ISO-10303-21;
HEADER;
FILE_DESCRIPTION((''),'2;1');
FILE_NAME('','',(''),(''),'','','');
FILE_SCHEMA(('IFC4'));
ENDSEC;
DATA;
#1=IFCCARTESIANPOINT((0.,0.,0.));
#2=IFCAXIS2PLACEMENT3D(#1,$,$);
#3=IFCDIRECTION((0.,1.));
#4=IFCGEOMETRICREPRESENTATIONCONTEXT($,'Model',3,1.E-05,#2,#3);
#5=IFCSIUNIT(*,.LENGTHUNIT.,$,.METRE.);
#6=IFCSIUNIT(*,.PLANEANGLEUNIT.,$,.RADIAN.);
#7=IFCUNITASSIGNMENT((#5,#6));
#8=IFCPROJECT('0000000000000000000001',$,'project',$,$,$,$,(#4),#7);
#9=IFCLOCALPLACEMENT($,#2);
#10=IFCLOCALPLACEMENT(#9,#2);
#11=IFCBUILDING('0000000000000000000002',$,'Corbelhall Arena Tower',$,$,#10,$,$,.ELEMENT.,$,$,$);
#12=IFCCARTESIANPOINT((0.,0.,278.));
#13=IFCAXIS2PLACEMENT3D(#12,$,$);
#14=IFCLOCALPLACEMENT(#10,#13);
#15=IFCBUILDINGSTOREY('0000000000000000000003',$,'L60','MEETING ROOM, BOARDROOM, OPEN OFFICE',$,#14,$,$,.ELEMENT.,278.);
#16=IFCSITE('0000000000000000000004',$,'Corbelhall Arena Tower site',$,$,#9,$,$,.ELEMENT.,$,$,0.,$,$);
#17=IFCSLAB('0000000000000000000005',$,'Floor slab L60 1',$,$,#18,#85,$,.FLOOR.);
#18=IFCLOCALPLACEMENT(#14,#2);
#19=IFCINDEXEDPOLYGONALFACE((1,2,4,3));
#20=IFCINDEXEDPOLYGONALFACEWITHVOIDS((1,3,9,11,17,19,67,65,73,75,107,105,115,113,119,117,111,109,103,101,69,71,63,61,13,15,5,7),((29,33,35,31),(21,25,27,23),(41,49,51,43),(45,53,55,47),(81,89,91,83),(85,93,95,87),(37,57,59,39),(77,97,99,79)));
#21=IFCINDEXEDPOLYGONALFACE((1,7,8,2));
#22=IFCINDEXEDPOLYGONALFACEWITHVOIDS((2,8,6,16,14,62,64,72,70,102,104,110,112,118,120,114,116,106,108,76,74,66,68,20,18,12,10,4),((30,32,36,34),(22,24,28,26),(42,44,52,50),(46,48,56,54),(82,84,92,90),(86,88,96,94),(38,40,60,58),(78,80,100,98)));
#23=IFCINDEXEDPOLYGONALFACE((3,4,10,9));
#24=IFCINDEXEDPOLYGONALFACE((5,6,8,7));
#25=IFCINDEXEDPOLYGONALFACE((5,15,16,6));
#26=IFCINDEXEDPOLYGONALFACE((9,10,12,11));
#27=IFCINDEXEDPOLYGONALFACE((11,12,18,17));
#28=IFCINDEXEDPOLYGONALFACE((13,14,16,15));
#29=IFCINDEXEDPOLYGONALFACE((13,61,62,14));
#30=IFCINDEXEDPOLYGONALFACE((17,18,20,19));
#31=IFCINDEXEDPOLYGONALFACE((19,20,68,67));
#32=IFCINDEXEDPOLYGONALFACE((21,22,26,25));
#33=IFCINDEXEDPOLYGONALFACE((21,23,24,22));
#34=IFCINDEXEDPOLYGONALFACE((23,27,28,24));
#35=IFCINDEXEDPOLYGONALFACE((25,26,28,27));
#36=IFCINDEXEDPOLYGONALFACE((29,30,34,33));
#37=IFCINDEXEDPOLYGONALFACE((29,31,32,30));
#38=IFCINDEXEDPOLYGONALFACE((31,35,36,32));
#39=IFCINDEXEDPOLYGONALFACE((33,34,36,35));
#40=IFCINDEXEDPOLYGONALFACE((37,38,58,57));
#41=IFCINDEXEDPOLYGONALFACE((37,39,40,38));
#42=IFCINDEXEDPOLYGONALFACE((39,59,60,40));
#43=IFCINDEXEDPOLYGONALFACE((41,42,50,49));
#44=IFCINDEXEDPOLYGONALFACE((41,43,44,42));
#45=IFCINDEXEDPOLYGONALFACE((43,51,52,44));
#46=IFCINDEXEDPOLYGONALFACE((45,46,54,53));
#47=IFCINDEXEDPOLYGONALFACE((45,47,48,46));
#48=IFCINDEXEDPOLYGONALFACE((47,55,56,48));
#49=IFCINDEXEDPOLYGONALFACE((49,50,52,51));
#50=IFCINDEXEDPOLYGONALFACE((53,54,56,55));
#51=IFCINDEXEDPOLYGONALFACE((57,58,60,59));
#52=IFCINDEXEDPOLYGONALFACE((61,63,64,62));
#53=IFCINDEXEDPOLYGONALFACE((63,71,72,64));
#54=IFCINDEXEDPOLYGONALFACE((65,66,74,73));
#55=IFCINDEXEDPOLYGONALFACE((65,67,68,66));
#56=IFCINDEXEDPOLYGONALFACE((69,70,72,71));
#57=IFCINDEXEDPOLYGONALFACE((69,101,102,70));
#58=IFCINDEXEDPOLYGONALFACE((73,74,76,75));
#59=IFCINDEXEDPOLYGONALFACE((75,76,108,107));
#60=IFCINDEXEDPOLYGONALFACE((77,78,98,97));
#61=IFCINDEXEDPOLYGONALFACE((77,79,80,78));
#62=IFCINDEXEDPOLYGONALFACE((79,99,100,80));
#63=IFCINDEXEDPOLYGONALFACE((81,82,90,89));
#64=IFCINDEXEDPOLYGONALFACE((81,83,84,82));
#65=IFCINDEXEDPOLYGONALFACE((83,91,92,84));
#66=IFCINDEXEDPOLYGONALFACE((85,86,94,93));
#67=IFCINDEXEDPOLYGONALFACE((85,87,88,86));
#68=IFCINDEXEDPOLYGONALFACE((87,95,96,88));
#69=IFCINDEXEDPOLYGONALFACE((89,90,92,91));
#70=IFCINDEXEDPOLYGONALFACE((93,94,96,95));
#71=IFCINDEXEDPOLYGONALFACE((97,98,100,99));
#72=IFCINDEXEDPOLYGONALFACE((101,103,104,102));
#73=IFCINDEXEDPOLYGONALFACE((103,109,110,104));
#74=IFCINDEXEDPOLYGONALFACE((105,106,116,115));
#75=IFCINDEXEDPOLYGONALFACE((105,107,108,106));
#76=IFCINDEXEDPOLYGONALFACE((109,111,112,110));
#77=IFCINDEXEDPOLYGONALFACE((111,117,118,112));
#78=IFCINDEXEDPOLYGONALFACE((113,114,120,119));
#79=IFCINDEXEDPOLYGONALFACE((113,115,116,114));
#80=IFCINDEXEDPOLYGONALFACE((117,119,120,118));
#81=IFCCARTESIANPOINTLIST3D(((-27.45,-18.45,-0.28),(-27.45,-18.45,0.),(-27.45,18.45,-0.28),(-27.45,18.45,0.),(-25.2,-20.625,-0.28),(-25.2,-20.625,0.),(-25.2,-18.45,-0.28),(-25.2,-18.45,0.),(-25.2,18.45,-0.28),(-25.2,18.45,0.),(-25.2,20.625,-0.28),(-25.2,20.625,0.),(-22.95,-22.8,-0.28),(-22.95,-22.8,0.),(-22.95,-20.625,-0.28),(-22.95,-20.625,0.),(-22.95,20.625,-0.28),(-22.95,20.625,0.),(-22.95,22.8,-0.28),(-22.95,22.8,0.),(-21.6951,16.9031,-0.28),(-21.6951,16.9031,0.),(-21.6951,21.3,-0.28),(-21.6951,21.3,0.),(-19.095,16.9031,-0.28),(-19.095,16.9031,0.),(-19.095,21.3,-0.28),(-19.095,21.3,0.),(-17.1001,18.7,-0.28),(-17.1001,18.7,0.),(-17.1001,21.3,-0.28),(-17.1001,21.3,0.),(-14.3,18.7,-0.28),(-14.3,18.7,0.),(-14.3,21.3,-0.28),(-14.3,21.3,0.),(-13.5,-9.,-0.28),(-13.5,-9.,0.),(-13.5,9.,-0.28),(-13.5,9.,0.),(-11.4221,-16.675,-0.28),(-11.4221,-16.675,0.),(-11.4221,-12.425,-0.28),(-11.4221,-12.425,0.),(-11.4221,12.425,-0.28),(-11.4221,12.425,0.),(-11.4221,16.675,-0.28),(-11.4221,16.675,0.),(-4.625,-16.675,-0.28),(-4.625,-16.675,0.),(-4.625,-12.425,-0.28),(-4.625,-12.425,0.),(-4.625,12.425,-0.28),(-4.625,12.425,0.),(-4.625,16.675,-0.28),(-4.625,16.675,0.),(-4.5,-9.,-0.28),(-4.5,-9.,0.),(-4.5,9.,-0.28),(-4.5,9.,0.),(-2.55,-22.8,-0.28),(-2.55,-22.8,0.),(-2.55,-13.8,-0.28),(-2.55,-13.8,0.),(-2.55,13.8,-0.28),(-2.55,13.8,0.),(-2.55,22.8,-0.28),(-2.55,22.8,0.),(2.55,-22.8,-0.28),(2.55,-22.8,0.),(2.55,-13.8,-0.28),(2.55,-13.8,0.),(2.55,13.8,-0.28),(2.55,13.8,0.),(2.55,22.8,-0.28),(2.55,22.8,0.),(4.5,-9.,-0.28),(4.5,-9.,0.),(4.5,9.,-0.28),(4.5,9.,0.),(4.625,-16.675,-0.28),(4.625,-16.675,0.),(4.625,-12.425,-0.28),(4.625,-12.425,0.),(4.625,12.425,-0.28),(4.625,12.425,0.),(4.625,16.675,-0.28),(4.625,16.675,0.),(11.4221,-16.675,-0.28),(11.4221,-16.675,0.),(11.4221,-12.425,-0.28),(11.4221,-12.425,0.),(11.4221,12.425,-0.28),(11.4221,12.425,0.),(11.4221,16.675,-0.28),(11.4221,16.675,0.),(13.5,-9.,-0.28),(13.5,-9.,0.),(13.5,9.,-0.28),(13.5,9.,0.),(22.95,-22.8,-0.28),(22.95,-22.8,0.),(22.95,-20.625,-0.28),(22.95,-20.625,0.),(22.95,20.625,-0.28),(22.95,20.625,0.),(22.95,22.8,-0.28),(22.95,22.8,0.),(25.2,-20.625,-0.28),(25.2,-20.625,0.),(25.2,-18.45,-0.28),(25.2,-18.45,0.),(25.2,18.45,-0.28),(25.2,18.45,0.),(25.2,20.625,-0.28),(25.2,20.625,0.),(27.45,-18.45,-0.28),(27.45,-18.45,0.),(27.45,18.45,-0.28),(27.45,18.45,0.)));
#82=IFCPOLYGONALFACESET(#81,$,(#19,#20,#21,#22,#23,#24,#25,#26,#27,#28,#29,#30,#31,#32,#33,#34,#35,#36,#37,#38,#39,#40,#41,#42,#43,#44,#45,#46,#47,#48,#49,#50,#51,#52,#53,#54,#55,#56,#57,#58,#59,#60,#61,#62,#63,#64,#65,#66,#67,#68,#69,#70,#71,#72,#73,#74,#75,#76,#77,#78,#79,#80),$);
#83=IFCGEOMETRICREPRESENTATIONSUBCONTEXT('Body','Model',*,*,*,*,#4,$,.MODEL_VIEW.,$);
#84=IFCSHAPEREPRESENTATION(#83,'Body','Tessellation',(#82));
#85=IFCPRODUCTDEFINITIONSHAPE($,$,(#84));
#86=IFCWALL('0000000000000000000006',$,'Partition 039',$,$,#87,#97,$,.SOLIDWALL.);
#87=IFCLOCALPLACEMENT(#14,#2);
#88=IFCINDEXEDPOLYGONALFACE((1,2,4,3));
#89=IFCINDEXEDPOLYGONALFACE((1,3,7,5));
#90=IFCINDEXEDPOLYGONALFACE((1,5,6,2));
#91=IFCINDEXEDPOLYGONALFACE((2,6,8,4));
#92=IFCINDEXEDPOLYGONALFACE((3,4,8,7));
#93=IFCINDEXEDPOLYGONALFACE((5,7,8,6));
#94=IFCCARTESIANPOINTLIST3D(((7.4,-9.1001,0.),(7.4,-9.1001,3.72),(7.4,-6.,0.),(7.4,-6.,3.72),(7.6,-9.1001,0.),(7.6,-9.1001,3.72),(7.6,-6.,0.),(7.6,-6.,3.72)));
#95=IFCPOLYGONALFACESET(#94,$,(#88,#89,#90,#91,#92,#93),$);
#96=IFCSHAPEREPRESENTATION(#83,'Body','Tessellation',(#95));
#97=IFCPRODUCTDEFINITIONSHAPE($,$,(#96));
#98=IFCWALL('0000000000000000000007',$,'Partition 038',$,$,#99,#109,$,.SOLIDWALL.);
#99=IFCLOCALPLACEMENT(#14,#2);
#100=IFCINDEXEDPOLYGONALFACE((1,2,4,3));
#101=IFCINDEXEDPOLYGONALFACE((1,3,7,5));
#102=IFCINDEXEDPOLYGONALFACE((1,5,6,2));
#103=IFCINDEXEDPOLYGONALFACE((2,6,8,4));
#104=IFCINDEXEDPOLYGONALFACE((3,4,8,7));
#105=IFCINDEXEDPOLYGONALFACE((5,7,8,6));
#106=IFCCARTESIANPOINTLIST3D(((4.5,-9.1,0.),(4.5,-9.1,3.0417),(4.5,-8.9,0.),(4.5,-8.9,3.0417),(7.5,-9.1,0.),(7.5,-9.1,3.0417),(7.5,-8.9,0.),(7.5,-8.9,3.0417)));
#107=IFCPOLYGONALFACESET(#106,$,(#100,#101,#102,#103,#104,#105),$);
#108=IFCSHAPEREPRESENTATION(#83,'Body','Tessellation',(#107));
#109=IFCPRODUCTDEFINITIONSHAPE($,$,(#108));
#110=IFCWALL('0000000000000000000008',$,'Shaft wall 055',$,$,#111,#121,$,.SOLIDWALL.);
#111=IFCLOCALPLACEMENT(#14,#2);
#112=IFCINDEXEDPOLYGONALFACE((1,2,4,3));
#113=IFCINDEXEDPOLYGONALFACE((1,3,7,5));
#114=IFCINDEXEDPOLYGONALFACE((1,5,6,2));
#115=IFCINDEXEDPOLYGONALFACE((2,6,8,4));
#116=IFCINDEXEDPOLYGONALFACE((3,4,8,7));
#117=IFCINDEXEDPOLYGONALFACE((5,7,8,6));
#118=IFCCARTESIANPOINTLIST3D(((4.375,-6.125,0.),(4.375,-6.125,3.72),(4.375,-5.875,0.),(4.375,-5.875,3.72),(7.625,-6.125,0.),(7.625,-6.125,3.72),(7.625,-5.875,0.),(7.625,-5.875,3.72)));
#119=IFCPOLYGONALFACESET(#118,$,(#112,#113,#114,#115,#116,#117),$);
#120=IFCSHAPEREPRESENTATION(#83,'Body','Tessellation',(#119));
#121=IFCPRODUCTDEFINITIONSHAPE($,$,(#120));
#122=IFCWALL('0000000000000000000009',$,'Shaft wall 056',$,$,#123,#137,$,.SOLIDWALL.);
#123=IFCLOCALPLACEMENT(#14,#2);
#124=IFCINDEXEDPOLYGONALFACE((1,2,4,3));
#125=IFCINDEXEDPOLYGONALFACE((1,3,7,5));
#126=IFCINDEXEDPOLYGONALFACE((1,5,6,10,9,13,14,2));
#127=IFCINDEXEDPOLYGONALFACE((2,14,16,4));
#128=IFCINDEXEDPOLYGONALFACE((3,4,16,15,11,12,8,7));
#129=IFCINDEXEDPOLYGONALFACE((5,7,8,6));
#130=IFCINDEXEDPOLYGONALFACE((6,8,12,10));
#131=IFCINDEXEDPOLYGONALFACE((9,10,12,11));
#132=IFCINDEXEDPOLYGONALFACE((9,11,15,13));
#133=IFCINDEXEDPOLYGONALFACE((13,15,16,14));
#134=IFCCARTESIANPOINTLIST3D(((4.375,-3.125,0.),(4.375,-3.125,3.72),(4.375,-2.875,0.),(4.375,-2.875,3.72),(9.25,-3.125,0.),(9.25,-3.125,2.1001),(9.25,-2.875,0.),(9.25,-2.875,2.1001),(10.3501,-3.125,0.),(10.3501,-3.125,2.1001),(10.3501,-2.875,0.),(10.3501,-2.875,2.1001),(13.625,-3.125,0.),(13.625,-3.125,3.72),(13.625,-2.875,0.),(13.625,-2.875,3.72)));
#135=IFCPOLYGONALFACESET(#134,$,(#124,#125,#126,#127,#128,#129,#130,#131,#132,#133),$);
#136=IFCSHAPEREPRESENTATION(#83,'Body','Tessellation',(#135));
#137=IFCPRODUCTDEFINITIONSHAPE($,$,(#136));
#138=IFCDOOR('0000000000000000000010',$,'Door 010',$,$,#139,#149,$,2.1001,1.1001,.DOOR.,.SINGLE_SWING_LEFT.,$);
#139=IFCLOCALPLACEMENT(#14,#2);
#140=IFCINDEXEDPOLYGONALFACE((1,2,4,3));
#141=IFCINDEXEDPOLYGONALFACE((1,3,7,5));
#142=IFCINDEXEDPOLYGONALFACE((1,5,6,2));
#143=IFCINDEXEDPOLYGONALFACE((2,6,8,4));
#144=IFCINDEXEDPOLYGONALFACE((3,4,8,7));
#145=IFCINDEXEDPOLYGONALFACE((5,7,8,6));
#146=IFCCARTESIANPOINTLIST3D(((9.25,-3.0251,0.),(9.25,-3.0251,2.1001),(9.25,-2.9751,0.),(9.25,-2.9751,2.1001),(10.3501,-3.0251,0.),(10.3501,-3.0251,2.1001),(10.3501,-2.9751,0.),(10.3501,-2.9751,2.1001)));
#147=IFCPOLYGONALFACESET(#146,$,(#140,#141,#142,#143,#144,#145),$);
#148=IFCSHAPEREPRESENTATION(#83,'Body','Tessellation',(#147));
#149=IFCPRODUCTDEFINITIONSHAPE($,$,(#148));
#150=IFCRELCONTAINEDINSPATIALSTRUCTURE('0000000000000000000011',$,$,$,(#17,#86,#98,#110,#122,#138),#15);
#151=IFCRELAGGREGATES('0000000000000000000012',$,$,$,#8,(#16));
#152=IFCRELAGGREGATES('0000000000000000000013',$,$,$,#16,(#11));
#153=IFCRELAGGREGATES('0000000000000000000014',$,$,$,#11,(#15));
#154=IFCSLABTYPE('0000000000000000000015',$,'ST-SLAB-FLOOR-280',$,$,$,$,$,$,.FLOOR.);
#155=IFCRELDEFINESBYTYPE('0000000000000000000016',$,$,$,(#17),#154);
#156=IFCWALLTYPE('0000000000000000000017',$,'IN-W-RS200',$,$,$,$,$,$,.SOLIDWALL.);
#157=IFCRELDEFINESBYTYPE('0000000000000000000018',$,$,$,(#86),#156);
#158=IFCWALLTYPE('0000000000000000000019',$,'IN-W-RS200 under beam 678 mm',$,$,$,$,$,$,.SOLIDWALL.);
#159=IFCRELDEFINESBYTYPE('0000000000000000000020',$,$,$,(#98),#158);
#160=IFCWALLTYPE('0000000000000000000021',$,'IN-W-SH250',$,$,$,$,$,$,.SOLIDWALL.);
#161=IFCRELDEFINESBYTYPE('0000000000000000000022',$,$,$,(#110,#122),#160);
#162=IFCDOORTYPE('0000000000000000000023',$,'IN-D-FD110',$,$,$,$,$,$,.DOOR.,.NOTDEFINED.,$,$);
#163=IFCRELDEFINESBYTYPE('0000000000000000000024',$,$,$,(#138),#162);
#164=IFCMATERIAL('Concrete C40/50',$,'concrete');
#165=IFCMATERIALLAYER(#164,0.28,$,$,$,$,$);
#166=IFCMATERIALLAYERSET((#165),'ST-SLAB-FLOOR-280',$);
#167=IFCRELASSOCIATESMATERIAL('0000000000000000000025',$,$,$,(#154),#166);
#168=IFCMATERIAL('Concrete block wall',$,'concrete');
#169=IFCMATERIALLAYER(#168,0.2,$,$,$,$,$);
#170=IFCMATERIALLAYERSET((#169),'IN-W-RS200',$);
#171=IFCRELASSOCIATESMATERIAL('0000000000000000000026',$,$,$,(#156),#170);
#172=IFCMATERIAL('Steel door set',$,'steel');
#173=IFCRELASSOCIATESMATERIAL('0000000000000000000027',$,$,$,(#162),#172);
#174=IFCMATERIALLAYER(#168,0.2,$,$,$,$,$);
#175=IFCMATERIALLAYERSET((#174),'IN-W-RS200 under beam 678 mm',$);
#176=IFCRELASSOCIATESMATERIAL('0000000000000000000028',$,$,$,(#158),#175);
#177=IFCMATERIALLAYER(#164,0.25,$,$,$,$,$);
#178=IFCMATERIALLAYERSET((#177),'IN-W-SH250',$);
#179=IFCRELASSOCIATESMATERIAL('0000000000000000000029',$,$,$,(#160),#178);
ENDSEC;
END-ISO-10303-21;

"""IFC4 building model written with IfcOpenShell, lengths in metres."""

from ifc_helpers import new_model, si_unit, direction, frame, frame_2d, origin, place, context, subcontext, project, spatial, polyline, rectangle, outline, extrude, material, layer, layer_set, type_object, element, fill, save


model = new_model("IFC4")

# Units and contexts
model_context = context("Model", 3, precision=1e-05, world=origin(), true_north=direction((0.0, 1.0)))
body_context = subcontext(model_context, "Body", "Model", "MODEL_VIEW")
ifc_project = project(units=[si_unit("LENGTHUNIT", "METRE"), si_unit("PLANEANGLEUNIT", "RADIAN")], contexts=[model_context])

# Site, building, storey
site_placement = place(None, origin())
site = spatial("IfcSite", under=ifc_project, at=site_placement, Name="Corbelhall Arena Tower site", CompositionType="ELEMENT", RefElevation=0.0)
building_placement = place(site_placement, origin())
building = spatial("IfcBuilding", under=site, at=building_placement, Name="Corbelhall Arena Tower", CompositionType="ELEMENT")
storey_placement = place(building_placement, frame((0.0, 0.0, 278.0)))
storey = spatial("IfcBuildingStorey", under=building, at=storey_placement, Name="L60", Description="MEETING ROOM, BOARDROOM, OPEN OFFICE", CompositionType="ELEMENT", Elevation=278.0)

# Shared definitions
ifc_material_1 = material(Name="Concrete C40/50", Category="concrete")

# Slab
ifc_layer_1 = layer(ifc_material_1, 0.28)
ifc_layer_set_1 = layer_set([ifc_layer_1], Name="ST-SLAB-FLOOR-280")
slab_type_1 = type_object("IfcSlabType", Name="ST-SLAB-FLOOR-280", PredefinedType="FLOOR", material=ifc_layer_set_1)
slab_1_placement = place(storey_placement, frame((0.0, 0.0, -0.28)))
element("IfcSlab", 1, at=slab_1_placement, inside=storey, type_object=slab_type_1, Name="Floor slab L60 1", PredefinedType="FLOOR", context=body_context, shape_type="SweptSolid", body=[
    extrude(outline(polyline([(22.95, 22.8), (2.55, 22.8), (2.55, 13.8), (-2.55, 13.8), (-2.55, 22.8), (-22.95, 22.8), (-22.95, 20.625), (-25.2, 20.625), (-25.2, 18.45), (-27.45, 18.45), (-27.45, -18.45), (-25.2, -18.45), (-25.2, -20.625), (-22.95, -20.625), (-22.95, -22.8), (-2.55, -22.8), (-2.55, -13.8), (2.55, -13.8), (2.55, -22.8), (22.95, -22.8), (22.95, -20.625), (25.2, -20.625), (25.2, -18.45), (27.45, -18.45), (27.45, 18.45), (25.2, 18.45), (25.2, 20.625), (22.95, 20.625), (22.95, 22.8)]), holes=[polyline([(-13.5, 9.0), (-13.5, -9.0), (-4.5, -9.0), (-4.5, 9.0), (-13.5, 9.0)]), polyline([(4.5, 9.0), (4.5, -9.0), (13.5, -9.0), (13.5, 9.0), (4.5, 9.0)]), polyline([(-4.625, 16.675), (-11.4221, 16.675), (-11.4221, 12.425), (-4.625, 12.425), (-4.625, 16.675)]), polyline([(-4.625, -16.675), (-4.625, -12.425), (-11.4221, -12.425), (-11.4221, -16.675), (-4.625, -16.675)]), polyline([(11.4221, 16.675), (4.625, 16.675), (4.625, 12.425), (11.4221, 12.425), (11.4221, 16.675)]), polyline([(11.4221, -16.675), (11.4221, -12.425), (4.625, -12.425), (4.625, -16.675), (11.4221, -16.675)]), polyline([(-21.6951, 21.3), (-21.6951, 16.9031), (-19.095, 16.9031), (-19.095, 21.3), (-21.6951, 21.3)]), polyline([(-14.3, 21.3), (-17.1001, 21.3), (-17.1001, 18.7), (-14.3, 18.7), (-14.3, 21.3)])]), origin(), (0.0, 0.0, 1.0), 0.28),
])

# Wall
ifc_material_2 = material(Name="Concrete block wall", Category="concrete")
ifc_layer_2 = layer(ifc_material_2, 0.2)
ifc_layer_set_2 = layer_set([ifc_layer_2], Name="IN-W-RS200")
wall_type_1 = type_object("IfcWallType", Name="IN-W-RS200", PredefinedType="SOLIDWALL", material=ifc_layer_set_2)
wall_1_placement = place(storey_placement, frame((7.5, -6.0, 0.0), z_axis=(0.0, 0.0, 1.0), x_axis=(0.0, -1.0, 0.0)))
element("IfcWall", 2, at=wall_1_placement, inside=storey, type_object=wall_type_1, Name="Partition 039", PredefinedType="SOLIDWALL", context=body_context, shape_type="SweptSolid", body=[
    extrude(rectangle(XDim=3.1001, YDim=0.2, at=frame_2d((1.55, 0.0))), origin(), (0.0, 0.0, 1.0), 3.72),
])

# Shared definitions
ifc_material_3 = material(Name="Steel door set", Category="steel")
door_type_1 = type_object("IfcDoorType", Name="IN-D-FD110", OperationType="NOTDEFINED", PredefinedType="DOOR", material=ifc_material_3)

# Walls
ifc_layer_3 = layer(ifc_material_2, 0.2)
ifc_layer_set_3 = layer_set([ifc_layer_3], Name="IN-W-RS200 under beam 678 mm")
wall_type_2 = type_object("IfcWallType", Name="IN-W-RS200 under beam 678 mm", PredefinedType="SOLIDWALL", material=ifc_layer_set_3)
wall_2_placement = place(storey_placement, frame((7.5, -9.0, 0.0), z_axis=(0.0, 0.0, 1.0), x_axis=(-1.0, 0.0, 0.0)))
element("IfcWall", 3, at=wall_2_placement, inside=storey, type_object=wall_type_2, Name="Partition 038", PredefinedType="SOLIDWALL", context=body_context, shape_type="SweptSolid", body=[
    extrude(rectangle(XDim=3.0, YDim=0.2, at=frame_2d((1.5, 0.0))), origin(), (0.0, 0.0, 1.0), 3.0417),
])
ifc_layer_4 = layer(ifc_material_1, 0.25)
ifc_layer_set_4 = layer_set([ifc_layer_4], Name="IN-W-SH250")
wall_type_3 = type_object("IfcWallType", Name="IN-W-SH250", PredefinedType="SOLIDWALL", material=ifc_layer_set_4)
wall_3_placement = place(storey_placement, frame((4.375, -6.0, 0.0), z_axis=(0.0, 0.0, 1.0), x_axis=(1.0, 0.0, 0.0)))
element("IfcWall", 4, at=wall_3_placement, inside=storey, type_object=wall_type_3, Name="Shaft wall 055", PredefinedType="SOLIDWALL", context=body_context, shape_type="SweptSolid", body=[
    extrude(rectangle(XDim=3.25, YDim=0.25, at=frame_2d((1.625, 0.0))), origin(), (0.0, 0.0, 1.0), 3.72),
])

# Wall, opening, door
wall_4_placement = place(storey_placement, frame((4.375, -3.0, 0.0), z_axis=(0.0, 0.0, 1.0), x_axis=(1.0, 0.0, 0.0)))
wall_4 = element("IfcWall", 5, at=wall_4_placement, inside=storey, type_object=wall_type_3, Name="Shaft wall 056", PredefinedType="SOLIDWALL", context=body_context, shape_type="SweptSolid", body=[
    extrude(rectangle(XDim=9.25, YDim=0.25, at=frame_2d((4.625, 0.0))), origin(), (0.0, 0.0, 1.0), 3.72),
])
opening_1_placement = place(wall_4_placement, frame((4.875, 0.0, 0.0)))
opening_1 = element("IfcOpeningElement", 6, at=opening_1_placement, cuts=wall_4, PredefinedType="OPENING", context=body_context, shape_type="SweptSolid", body=[
    extrude(rectangle(XDim=1.1001, YDim=2.1001, at=frame_2d((0.55, 1.05))), frame((0.0, 0.125, 0.0), z_axis=(0.0, -1.0, 0.0), x_axis=(1.0, 0.0, 0.0)), (0.0, 0.0, 1.0), 0.25),
])
door_1_placement = place(opening_1_placement, origin())
door_1 = element("IfcDoor", 7, at=door_1_placement, inside=storey, type_object=door_type_1, Name="Door 010", OperationType="SINGLE_SWING_LEFT", OverallHeight=2.1001, OverallWidth=1.1001, PredefinedType="DOOR", context=body_context, shape_type="SweptSolid", body=[
    extrude(rectangle(XDim=1.1001, YDim=2.1001, at=frame_2d((0.55, 1.05))), frame((0.0, 0.0249, 0.0), z_axis=(0.0, -1.0, 0.0), x_axis=(1.0, 0.0, 0.0)), (0.0, 0.0, 1.0), 0.05),
])
fill(opening_1, door_1)

save(model, "model.ifc")
